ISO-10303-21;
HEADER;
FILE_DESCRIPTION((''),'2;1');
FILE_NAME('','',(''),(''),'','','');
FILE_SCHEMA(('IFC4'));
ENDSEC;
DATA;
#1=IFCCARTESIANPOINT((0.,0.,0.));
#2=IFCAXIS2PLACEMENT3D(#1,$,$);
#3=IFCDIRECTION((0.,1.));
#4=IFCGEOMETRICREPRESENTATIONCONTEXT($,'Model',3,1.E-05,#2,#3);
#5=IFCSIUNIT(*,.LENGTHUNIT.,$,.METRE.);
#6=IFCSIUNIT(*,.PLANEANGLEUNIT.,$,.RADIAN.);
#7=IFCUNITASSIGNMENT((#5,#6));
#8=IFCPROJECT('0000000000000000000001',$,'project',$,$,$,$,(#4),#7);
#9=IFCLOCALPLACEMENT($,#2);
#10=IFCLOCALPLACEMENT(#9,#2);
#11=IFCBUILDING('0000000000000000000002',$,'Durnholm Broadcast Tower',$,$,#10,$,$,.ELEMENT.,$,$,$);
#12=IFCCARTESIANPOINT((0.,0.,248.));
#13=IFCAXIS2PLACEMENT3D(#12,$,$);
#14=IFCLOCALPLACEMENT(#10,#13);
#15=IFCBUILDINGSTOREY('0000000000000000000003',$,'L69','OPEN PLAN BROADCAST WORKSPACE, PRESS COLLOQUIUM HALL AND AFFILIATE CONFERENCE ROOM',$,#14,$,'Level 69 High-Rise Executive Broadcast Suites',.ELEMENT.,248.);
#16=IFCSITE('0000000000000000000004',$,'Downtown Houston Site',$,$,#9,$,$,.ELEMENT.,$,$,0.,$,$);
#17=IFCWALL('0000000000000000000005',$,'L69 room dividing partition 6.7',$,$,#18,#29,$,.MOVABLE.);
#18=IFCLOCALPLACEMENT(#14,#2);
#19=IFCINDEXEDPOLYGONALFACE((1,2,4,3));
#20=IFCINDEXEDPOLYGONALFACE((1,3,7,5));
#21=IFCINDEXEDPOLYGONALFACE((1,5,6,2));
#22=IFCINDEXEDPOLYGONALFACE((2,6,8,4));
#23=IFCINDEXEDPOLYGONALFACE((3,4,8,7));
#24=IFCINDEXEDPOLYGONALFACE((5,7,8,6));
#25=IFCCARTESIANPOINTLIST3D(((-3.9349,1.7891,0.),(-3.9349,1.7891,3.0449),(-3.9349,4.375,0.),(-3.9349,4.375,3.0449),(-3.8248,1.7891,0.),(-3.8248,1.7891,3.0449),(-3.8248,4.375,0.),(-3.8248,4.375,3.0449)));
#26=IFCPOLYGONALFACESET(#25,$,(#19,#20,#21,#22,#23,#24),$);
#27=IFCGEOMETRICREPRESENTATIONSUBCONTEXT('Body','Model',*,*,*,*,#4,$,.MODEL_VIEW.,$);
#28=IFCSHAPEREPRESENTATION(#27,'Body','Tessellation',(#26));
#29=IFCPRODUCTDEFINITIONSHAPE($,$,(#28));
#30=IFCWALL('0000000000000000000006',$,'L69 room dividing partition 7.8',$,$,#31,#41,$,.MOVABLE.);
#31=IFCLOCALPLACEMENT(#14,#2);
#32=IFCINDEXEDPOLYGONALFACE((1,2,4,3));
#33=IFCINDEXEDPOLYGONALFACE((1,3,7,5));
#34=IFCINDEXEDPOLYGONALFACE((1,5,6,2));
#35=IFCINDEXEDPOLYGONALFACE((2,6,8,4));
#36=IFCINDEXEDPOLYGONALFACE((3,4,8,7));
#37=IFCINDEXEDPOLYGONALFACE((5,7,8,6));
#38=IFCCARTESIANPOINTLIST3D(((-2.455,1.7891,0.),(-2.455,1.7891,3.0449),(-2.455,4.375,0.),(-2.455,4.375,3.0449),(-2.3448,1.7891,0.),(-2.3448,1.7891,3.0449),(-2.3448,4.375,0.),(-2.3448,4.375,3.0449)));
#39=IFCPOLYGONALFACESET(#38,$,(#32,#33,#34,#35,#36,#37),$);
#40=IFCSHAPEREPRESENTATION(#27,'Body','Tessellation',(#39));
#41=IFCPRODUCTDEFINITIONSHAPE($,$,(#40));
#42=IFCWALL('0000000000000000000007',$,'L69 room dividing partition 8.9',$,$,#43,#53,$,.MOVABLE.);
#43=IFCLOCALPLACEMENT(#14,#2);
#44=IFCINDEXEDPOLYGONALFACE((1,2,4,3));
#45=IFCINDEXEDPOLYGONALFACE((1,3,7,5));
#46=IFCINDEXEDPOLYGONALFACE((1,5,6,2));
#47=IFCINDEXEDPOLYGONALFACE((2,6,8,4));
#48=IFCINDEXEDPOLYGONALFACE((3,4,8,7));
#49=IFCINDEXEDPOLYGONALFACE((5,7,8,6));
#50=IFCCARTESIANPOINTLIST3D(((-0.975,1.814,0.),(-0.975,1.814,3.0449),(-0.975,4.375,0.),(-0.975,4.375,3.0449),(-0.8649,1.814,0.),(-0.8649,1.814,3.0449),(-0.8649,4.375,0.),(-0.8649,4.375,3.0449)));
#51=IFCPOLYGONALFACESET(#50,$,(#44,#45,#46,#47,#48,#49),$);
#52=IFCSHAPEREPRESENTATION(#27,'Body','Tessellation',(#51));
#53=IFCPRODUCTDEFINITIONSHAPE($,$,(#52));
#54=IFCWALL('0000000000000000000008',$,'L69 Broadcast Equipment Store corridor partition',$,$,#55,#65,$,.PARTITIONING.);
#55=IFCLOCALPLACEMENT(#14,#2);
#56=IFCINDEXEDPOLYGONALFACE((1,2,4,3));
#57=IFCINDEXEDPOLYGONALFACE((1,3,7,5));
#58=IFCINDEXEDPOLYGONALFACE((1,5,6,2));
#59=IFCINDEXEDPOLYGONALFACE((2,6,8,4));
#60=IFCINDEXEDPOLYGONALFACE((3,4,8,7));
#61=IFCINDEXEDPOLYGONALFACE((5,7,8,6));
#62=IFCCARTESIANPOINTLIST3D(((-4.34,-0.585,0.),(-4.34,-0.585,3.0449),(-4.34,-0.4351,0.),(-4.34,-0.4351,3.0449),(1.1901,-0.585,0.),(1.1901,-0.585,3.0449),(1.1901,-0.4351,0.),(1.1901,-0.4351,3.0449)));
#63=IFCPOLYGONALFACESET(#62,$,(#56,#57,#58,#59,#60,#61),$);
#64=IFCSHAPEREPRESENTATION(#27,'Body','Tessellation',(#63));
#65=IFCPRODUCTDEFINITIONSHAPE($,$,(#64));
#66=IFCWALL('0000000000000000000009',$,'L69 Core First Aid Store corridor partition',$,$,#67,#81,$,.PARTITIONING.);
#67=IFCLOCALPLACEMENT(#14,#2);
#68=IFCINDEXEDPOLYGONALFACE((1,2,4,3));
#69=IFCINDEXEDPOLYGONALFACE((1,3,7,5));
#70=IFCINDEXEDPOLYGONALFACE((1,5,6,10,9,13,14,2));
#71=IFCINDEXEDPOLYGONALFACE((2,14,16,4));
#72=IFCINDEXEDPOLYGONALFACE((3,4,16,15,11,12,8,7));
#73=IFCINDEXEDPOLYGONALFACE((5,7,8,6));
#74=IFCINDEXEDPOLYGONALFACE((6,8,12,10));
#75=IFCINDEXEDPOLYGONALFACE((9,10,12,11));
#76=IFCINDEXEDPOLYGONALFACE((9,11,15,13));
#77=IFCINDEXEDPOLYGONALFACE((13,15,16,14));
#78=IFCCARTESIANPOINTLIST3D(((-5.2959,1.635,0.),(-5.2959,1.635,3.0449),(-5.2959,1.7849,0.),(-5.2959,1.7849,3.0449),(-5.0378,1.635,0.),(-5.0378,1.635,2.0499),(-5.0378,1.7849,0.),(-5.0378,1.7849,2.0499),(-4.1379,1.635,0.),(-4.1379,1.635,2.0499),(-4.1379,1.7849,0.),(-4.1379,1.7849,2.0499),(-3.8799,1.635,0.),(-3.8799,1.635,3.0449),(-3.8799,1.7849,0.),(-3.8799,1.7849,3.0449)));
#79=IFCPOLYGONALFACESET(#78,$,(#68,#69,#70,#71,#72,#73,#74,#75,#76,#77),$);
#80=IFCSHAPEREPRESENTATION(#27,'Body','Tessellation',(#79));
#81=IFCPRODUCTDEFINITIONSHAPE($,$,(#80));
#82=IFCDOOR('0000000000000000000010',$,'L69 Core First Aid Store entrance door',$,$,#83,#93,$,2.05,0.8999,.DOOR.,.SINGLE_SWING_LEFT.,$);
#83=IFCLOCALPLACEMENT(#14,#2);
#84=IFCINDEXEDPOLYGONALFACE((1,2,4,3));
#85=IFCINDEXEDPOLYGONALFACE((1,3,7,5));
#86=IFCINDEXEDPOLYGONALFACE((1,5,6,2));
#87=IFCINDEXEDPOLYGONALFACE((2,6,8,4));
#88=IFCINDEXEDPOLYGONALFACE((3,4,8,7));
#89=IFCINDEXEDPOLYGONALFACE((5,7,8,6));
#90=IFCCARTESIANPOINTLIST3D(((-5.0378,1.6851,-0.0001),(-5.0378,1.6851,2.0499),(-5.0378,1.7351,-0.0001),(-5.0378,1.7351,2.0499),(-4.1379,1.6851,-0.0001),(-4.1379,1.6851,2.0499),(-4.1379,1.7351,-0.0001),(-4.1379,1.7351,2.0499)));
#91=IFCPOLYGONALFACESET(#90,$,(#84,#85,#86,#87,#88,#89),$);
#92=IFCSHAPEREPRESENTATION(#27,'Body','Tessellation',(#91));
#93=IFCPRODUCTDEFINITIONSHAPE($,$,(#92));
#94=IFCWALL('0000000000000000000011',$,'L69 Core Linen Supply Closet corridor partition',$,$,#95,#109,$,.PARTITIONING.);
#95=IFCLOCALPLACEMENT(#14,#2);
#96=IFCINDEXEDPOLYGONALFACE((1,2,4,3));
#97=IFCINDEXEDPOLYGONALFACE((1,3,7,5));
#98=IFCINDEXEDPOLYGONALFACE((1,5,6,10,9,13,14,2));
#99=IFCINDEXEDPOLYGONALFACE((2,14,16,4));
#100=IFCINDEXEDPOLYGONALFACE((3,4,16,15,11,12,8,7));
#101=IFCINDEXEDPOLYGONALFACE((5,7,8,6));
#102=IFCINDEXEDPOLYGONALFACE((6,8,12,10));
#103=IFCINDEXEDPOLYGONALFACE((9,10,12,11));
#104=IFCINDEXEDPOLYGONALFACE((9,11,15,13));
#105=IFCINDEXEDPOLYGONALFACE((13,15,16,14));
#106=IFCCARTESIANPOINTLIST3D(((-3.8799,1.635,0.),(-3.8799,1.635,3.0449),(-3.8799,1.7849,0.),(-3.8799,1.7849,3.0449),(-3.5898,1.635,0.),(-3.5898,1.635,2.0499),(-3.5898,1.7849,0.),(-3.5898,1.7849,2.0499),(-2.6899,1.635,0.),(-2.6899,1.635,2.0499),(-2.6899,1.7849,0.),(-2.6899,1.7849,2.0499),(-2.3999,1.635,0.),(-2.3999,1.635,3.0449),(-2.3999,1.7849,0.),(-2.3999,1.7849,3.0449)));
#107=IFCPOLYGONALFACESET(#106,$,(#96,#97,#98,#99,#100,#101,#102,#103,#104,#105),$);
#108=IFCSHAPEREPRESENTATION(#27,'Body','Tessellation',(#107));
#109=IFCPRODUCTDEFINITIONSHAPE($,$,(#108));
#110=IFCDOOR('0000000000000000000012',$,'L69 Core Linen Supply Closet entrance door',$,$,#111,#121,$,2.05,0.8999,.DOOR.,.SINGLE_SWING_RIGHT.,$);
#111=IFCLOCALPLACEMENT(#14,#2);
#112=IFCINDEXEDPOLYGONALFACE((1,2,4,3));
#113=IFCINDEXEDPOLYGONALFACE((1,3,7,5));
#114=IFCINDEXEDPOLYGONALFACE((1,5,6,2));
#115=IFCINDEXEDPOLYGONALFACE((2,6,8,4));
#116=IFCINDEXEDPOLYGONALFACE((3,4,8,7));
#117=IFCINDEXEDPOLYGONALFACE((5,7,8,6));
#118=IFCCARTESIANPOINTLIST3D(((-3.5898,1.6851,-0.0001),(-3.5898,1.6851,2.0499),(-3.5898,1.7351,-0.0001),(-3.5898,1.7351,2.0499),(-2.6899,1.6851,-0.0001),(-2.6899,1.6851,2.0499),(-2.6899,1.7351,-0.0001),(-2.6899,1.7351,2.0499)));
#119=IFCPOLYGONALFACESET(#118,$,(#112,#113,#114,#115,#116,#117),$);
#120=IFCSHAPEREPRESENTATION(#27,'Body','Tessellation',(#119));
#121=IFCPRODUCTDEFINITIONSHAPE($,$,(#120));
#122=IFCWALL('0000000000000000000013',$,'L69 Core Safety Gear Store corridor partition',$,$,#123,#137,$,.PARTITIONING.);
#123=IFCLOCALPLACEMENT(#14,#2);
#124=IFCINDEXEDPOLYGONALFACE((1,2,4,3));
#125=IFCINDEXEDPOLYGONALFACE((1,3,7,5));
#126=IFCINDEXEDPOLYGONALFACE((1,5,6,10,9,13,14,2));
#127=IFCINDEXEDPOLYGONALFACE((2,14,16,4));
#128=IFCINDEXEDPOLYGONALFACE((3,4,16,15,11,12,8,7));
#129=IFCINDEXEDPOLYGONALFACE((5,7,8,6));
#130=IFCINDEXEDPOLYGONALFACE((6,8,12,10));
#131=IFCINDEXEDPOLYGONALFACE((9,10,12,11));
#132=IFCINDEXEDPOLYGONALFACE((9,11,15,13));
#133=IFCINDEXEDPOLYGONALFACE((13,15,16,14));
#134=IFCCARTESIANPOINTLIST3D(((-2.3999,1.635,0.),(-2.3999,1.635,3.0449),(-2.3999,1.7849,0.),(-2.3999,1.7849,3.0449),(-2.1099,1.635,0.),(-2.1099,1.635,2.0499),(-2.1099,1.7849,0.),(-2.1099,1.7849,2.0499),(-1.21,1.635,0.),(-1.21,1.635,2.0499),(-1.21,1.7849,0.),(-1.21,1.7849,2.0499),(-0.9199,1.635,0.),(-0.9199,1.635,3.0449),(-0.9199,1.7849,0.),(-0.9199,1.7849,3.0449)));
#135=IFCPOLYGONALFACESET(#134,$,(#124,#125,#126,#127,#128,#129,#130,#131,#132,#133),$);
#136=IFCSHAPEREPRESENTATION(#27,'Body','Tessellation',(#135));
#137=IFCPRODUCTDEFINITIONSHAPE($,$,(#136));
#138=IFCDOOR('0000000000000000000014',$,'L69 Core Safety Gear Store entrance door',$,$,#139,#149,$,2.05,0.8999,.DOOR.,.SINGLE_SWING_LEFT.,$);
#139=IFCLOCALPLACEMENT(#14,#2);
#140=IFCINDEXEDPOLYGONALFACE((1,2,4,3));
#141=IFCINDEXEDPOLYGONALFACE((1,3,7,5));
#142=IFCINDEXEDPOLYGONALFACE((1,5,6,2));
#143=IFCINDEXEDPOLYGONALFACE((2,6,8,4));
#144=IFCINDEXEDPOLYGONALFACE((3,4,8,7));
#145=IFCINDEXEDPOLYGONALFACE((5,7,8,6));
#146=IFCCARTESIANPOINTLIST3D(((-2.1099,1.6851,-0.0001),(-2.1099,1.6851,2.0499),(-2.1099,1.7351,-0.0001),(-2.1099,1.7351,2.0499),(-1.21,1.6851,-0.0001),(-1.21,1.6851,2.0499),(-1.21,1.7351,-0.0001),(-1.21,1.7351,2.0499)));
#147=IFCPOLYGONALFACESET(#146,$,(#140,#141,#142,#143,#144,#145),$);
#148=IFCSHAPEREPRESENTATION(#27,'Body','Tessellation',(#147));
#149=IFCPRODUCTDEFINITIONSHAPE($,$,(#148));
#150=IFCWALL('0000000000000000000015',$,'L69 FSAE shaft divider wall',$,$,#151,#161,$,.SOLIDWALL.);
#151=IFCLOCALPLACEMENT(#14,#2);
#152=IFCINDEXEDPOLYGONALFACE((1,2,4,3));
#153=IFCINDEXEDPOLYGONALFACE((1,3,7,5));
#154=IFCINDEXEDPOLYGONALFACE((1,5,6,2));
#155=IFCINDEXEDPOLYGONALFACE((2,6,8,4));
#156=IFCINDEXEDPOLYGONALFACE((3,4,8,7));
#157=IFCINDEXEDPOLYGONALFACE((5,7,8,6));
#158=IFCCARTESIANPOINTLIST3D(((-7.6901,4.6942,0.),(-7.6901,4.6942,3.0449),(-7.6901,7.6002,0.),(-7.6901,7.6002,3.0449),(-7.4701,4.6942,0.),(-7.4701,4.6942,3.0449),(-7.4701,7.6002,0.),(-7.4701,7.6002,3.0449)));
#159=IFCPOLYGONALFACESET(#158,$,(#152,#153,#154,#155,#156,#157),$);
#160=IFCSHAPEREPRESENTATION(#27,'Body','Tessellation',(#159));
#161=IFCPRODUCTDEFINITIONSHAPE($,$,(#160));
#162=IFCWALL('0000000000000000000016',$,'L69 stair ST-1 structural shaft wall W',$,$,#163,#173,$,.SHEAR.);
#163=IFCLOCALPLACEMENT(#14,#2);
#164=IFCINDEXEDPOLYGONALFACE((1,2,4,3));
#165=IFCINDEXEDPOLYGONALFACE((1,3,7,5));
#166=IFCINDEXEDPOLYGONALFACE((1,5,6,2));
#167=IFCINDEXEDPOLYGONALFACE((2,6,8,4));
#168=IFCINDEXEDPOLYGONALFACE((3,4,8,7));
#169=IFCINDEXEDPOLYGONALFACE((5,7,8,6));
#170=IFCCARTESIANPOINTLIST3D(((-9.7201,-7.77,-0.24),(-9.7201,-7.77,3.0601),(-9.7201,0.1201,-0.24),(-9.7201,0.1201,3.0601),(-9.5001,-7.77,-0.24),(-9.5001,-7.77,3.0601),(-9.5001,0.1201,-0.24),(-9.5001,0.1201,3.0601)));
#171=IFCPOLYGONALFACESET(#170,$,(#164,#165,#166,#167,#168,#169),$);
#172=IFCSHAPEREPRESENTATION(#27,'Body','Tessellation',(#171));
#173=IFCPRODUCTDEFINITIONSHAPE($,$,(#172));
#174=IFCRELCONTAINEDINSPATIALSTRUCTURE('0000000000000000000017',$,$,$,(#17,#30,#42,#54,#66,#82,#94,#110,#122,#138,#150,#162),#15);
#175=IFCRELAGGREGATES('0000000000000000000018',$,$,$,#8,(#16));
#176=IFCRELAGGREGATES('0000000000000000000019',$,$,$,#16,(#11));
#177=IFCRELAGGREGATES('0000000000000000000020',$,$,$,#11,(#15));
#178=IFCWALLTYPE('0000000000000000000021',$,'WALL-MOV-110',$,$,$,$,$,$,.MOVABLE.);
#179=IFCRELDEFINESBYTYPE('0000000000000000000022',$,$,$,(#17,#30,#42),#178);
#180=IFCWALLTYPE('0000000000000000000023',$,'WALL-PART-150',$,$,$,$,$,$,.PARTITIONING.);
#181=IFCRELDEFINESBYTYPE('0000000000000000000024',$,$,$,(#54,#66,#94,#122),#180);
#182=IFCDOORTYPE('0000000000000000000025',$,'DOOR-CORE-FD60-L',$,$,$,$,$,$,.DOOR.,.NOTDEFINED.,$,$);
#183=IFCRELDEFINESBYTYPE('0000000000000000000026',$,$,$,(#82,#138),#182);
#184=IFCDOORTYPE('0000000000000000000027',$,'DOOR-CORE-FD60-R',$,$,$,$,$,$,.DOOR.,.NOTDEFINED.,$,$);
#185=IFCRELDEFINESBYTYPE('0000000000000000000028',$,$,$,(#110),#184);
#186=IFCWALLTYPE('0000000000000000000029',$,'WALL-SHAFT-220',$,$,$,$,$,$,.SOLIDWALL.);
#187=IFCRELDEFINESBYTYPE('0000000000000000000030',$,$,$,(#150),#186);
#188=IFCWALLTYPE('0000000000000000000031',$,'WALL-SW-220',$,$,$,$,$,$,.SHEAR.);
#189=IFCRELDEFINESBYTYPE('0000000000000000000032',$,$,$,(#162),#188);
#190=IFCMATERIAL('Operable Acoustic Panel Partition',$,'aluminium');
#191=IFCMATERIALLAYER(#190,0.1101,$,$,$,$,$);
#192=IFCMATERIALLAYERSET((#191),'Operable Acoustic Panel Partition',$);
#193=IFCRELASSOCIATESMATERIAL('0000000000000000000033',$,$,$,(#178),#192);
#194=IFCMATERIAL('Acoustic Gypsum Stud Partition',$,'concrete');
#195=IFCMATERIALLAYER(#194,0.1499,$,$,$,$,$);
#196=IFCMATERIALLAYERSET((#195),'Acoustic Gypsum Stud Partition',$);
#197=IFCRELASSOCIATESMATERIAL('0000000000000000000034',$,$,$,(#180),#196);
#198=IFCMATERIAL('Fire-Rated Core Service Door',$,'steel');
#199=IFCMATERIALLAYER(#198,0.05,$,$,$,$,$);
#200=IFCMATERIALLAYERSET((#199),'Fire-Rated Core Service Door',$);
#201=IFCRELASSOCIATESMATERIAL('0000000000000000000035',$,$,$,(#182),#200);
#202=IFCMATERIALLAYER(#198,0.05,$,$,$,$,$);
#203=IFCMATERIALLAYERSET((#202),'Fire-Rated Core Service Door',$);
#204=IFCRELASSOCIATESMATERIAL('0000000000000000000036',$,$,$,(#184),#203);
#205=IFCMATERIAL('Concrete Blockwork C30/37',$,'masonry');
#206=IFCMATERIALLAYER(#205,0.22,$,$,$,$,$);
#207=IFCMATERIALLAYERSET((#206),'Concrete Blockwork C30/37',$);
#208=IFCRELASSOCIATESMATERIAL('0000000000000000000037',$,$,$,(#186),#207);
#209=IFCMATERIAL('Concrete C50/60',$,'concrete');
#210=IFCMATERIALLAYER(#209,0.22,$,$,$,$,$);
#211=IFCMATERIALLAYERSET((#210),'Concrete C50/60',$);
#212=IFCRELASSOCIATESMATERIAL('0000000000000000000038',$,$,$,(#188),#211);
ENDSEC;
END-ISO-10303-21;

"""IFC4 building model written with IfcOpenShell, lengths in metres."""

from ifc_helpers import new_model, si_unit, direction, frame, frame_2d, origin, place, context, subcontext, project, spatial, rectangle, extrude, source, transform, mapped, material, layer, layer_set, type_object, type_shapes, element, fill, save


model = new_model("IFC4")

# Units and contexts
model_context = context("Model", 3, precision=1e-05, world=origin(), true_north=direction((0.0, 1.0)))
body_context = subcontext(model_context, "Body", "Model", "MODEL_VIEW")
ifc_project = project(units=[si_unit("LENGTHUNIT", "METRE"), si_unit("PLANEANGLEUNIT", "RADIAN")], contexts=[model_context])

# Site, building, storey
site_placement = place(None, origin())
site = spatial("IfcSite", under=ifc_project, at=site_placement, Name="Downtown Houston Site", CompositionType="ELEMENT", RefElevation=0.0)
building_placement = place(site_placement, origin())
building = spatial("IfcBuilding", under=site, at=building_placement, Name="Durnholm Broadcast Tower", CompositionType="ELEMENT")
storey_placement = place(building_placement, frame((0.0, 0.0, 248.0)))
storey = spatial("IfcBuildingStorey", under=building, at=storey_placement, Name="L69", Description="OPEN PLAN BROADCAST WORKSPACE, PRESS COLLOQUIUM HALL AND AFFILIATE CONFERENCE ROOM", LongName="Level 69 High-Rise Executive Broadcast Suites", CompositionType="ELEMENT", Elevation=248.0)

# Walls
ifc_material_1 = material(Name="Operable Acoustic Panel Partition", Category="aluminium")
ifc_layer_1 = layer(ifc_material_1, 0.1101)
ifc_layer_set_1 = layer_set([ifc_layer_1], Name="Operable Acoustic Panel Partition")
wall_type_1 = type_object("IfcWallType", Name="WALL-MOV-110", PredefinedType="MOVABLE", material=ifc_layer_set_1)
for number, where, z_axis, x_axis, name in (
    (1, (-3.8799, 4.375, 0.0), (0.0, 0.0, 1.0), (0.0, -1.0, 0.0), "L69 room dividing partition 6.7"),
    (2, (-2.3999, 4.375, 0.0), (0.0, 0.0, 1.0), (0.0, -1.0, 0.0), "L69 room dividing partition 7.8"),
):
    element("IfcWall", number, at=place(storey_placement, frame(where, z_axis=z_axis, x_axis=x_axis)), inside=storey, type_object=wall_type_1, Name=name, PredefinedType="MOVABLE", context=body_context, shape_type="SweptSolid", body=[
        extrude(rectangle(XDim=2.5859, YDim=0.1101, at=frame_2d((1.293, 0.0))), origin(), (0.0, 0.0, 1.0), 3.0449),
    ])
wall_1_placement = place(storey_placement, frame((-0.9199, 4.375, 0.0), z_axis=(0.0, 0.0, 1.0), x_axis=(0.0, -1.0, 0.0)))
element("IfcWall", 3, at=wall_1_placement, inside=storey, type_object=wall_type_1, Name="L69 room dividing partition 8.9", PredefinedType="MOVABLE", context=body_context, shape_type="SweptSolid", body=[
    extrude(rectangle(XDim=2.561, YDim=0.1101, at=frame_2d((1.2805, 0.0))), origin(), (0.0, 0.0, 1.0), 3.0449),
])
ifc_material_2 = material(Name="Acoustic Gypsum Stud Partition", Category="concrete")
ifc_layer_2 = layer(ifc_material_2, 0.1499)
ifc_layer_set_2 = layer_set([ifc_layer_2], Name="Acoustic Gypsum Stud Partition")
wall_type_2 = type_object("IfcWallType", Name="WALL-PART-150", PredefinedType="PARTITIONING", material=ifc_layer_set_2)
wall_2_placement = place(storey_placement, frame((-4.3401, -0.51, 0.0), z_axis=(0.0, 0.0, 1.0), x_axis=(1.0, 0.0, 0.0)))
element("IfcWall", 4, at=wall_2_placement, inside=storey, type_object=wall_type_2, Name="L69 Broadcast Equipment Store corridor partition", PredefinedType="PARTITIONING", context=body_context, shape_type="SweptSolid", body=[
    extrude(rectangle(XDim=5.53, YDim=0.1499, at=frame_2d((2.7651, 0.0))), origin(), (0.0, 0.0, 1.0), 3.0449),
])

# Walls, openings, doors
wall_3_placement = place(storey_placement, frame((-3.8799, 1.71, 0.0), z_axis=(0.0, 0.0, 1.0), x_axis=(-1.0, 0.0, 0.0)))
wall_3 = element("IfcWall", 5, at=wall_3_placement, inside=storey, type_object=wall_type_2, Name="L69 Core First Aid Store corridor partition", PredefinedType="PARTITIONING", context=body_context, shape_type="SweptSolid", body=[
    extrude(rectangle(XDim=1.416, YDim=0.1499, at=frame_2d((0.708, 0.0))), origin(), (0.0, 0.0, 1.0), 3.0449),
])
opening_1_placement = place(wall_3_placement, frame((0.2581, 0.0, 0.0)))
opening_1 = element("IfcOpeningElement", 6, at=opening_1_placement, cuts=wall_3, PredefinedType="OPENING", context=body_context, shape_type="SweptSolid", body=[
    extrude(rectangle(XDim=0.8999, YDim=2.05, at=frame_2d((0.45, 1.0249))), frame((0.0, 0.085, 0.0), z_axis=(0.0, -1.0, 0.0), x_axis=(1.0, 0.0, 0.0)), (0.0, 0.0, 1.0), 0.1699),
])
ifc_material_3 = material(Name="Fire-Rated Core Service Door", Category="steel")
ifc_layer_3 = layer(ifc_material_3, 0.05)
ifc_layer_set_3 = layer_set([ifc_layer_3], Name="Fire-Rated Core Service Door")
door_type_1 = type_object("IfcDoorType", Name="DOOR-CORE-FD60-L", OperationType="NOTDEFINED", PredefinedType="DOOR", material=ifc_layer_set_3)
shared_shape_1 = source(origin(), body_context, "Body", "SweptSolid", [
    extrude(rectangle(XDim=0.8999, YDim=2.05, at=frame_2d((0.45, 1.0249))), frame((0.0, 0.0249, 0.0), z_axis=(0.0, -1.0, 0.0), x_axis=(1.0, 0.0, 0.0)), (0.0, 0.0, 1.0), 0.05),
])
type_shapes(door_type_1, [shared_shape_1])
door_1_placement = place(opening_1_placement, origin())
door_1 = element("IfcDoor", 7, at=door_1_placement, inside=storey, type_object=door_type_1, Name="L69 Core First Aid Store entrance door", OperationType="SINGLE_SWING_LEFT", OverallHeight=2.05, OverallWidth=0.8999, PredefinedType="DOOR", context=body_context, shape_type="MappedRepresentation", body=[
    mapped(shared_shape_1, transform((0.0, 0.0, 0.0), x_axis=(1.0, 0.0, 0.0), y_axis=(0.0, 1.0, 0.0), z_axis=(0.0, 0.0, 1.0), scale=1.0)),
])
fill(opening_1, door_1)
wall_4_placement = place(storey_placement, frame((-2.3999, 1.71, 0.0), z_axis=(0.0, 0.0, 1.0), x_axis=(-1.0, 0.0, 0.0)))
wall_4 = element("IfcWall", 8, at=wall_4_placement, inside=storey, type_object=wall_type_2, Name="L69 Core Linen Supply Closet corridor partition", PredefinedType="PARTITIONING", context=body_context, shape_type="SweptSolid", body=[
    extrude(rectangle(XDim=1.48, YDim=0.1499, at=frame_2d((0.74, 0.0))), origin(), (0.0, 0.0, 1.0), 3.0449),
])
opening_2_placement = place(wall_4_placement, frame((0.29, 0.0, 0.0)))
opening_2 = element("IfcOpeningElement", 9, at=opening_2_placement, cuts=wall_4, PredefinedType="OPENING", context=body_context, shape_type="SweptSolid", body=[
    extrude(rectangle(XDim=0.8999, YDim=2.05, at=frame_2d((0.45, 1.0249))), frame((0.0, 0.085, 0.0), z_axis=(0.0, -1.0, 0.0), x_axis=(1.0, 0.0, 0.0)), (0.0, 0.0, 1.0), 0.1699),
])
ifc_layer_4 = layer(ifc_material_3, 0.05)
ifc_layer_set_4 = layer_set([ifc_layer_4], Name="Fire-Rated Core Service Door")
door_type_2 = type_object("IfcDoorType", Name="DOOR-CORE-FD60-R", OperationType="NOTDEFINED", PredefinedType="DOOR", material=ifc_layer_set_4)
shared_shape_2 = source(origin(), body_context, "Body", "SweptSolid", [
    extrude(rectangle(XDim=0.8999, YDim=2.05, at=frame_2d((0.45, 1.0249))), frame((0.0, 0.0249, 0.0), z_axis=(0.0, -1.0, 0.0), x_axis=(1.0, 0.0, 0.0)), (0.0, 0.0, 1.0), 0.05),
])
type_shapes(door_type_2, [shared_shape_2])
door_2_placement = place(opening_2_placement, origin())
door_2 = element("IfcDoor", 10, at=door_2_placement, inside=storey, type_object=door_type_2, Name="L69 Core Linen Supply Closet entrance door", OperationType="SINGLE_SWING_RIGHT", OverallHeight=2.05, OverallWidth=0.8999, PredefinedType="DOOR", context=body_context, shape_type="MappedRepresentation", body=[
    mapped(shared_shape_2, transform((0.0, 0.0, 0.0), x_axis=(1.0, 0.0, 0.0), y_axis=(0.0, 1.0, 0.0), z_axis=(0.0, 0.0, 1.0), scale=1.0)),
])
fill(opening_2, door_2)
wall_5_placement = place(storey_placement, frame((-0.9199, 1.71, 0.0), z_axis=(0.0, 0.0, 1.0), x_axis=(-1.0, 0.0, 0.0)))
wall_5 = element("IfcWall", 11, at=wall_5_placement, inside=storey, type_object=wall_type_2, Name="L69 Core Safety Gear Store corridor partition", PredefinedType="PARTITIONING", context=body_context, shape_type="SweptSolid", body=[
    extrude(rectangle(XDim=1.48, YDim=0.1499, at=frame_2d((0.74, 0.0))), origin(), (0.0, 0.0, 1.0), 3.0449),
])
opening_3_placement = place(wall_5_placement, frame((0.29, 0.0, 0.0)))
opening_3 = element("IfcOpeningElement", 12, at=opening_3_placement, cuts=wall_5, PredefinedType="OPENING", context=body_context, shape_type="SweptSolid", body=[
    extrude(rectangle(XDim=0.8999, YDim=2.05, at=frame_2d((0.45, 1.0249))), frame((0.0, 0.085, 0.0), z_axis=(0.0, -1.0, 0.0), x_axis=(1.0, 0.0, 0.0)), (0.0, 0.0, 1.0), 0.1699),
])
door_3_placement = place(opening_3_placement, origin())
door_3 = element("IfcDoor", 13, at=door_3_placement, inside=storey, type_object=door_type_1, Name="L69 Core Safety Gear Store entrance door", OperationType="SINGLE_SWING_LEFT", OverallHeight=2.05, OverallWidth=0.8999, PredefinedType="DOOR", context=body_context, shape_type="MappedRepresentation", body=[
    mapped(shared_shape_1, transform((0.0, 0.0, 0.0), x_axis=(1.0, 0.0, 0.0), y_axis=(0.0, 1.0, 0.0), z_axis=(0.0, 0.0, 1.0), scale=1.0)),
])
fill(opening_3, door_3)

# Shared definitions
ifc_material_4 = material(Name="Concrete Blockwork C30/37", Category="masonry")
ifc_layer_5 = layer(ifc_material_4, 0.22)
ifc_layer_set_5 = layer_set([ifc_layer_5], Name="Concrete Blockwork C30/37")
wall_type_3 = type_object("IfcWallType", Name="WALL-SHAFT-220", PredefinedType="SOLIDWALL", material=ifc_layer_set_5)

# Walls
wall_6_placement = place(storey_placement, frame((-7.5801, 4.6941, 0.0), z_axis=(0.0, 0.0, 1.0), x_axis=(0.0, 1.0, 0.0)))
element("IfcWall", 14, at=wall_6_placement, inside=storey, type_object=wall_type_3, Name="L69 FSAE shaft divider wall", PredefinedType="SOLIDWALL", context=body_context, shape_type="SweptSolid", body=[
    extrude(rectangle(XDim=2.906, YDim=0.22, at=frame_2d((1.4531, 0.0))), origin(), (0.0, 0.0, 1.0), 3.0449),
])
ifc_material_5 = material(Name="Concrete C50/60", Category="concrete")
ifc_layer_6 = layer(ifc_material_5, 0.22)
ifc_layer_set_6 = layer_set([ifc_layer_6], Name="Concrete C50/60")
wall_type_4 = type_object("IfcWallType", Name="WALL-SW-220", PredefinedType="SHEAR", material=ifc_layer_set_6)
wall_7_placement = place(storey_placement, frame((-9.6101, 0.1201, -0.24), z_axis=(0.0, 0.0, 1.0), x_axis=(0.0, -1.0, 0.0)))
element("IfcWall", 15, at=wall_7_placement, inside=storey, type_object=wall_type_4, Name="L69 stair ST-1 structural shaft wall W", PredefinedType="SHEAR", context=body_context, shape_type="SweptSolid", body=[
    extrude(rectangle(XDim=7.8901, YDim=0.22, at=frame_2d((3.9451, 0.0))), origin(), (0.0, 0.0, 1.0), 3.3),
])

save(model, "model.ifc")
